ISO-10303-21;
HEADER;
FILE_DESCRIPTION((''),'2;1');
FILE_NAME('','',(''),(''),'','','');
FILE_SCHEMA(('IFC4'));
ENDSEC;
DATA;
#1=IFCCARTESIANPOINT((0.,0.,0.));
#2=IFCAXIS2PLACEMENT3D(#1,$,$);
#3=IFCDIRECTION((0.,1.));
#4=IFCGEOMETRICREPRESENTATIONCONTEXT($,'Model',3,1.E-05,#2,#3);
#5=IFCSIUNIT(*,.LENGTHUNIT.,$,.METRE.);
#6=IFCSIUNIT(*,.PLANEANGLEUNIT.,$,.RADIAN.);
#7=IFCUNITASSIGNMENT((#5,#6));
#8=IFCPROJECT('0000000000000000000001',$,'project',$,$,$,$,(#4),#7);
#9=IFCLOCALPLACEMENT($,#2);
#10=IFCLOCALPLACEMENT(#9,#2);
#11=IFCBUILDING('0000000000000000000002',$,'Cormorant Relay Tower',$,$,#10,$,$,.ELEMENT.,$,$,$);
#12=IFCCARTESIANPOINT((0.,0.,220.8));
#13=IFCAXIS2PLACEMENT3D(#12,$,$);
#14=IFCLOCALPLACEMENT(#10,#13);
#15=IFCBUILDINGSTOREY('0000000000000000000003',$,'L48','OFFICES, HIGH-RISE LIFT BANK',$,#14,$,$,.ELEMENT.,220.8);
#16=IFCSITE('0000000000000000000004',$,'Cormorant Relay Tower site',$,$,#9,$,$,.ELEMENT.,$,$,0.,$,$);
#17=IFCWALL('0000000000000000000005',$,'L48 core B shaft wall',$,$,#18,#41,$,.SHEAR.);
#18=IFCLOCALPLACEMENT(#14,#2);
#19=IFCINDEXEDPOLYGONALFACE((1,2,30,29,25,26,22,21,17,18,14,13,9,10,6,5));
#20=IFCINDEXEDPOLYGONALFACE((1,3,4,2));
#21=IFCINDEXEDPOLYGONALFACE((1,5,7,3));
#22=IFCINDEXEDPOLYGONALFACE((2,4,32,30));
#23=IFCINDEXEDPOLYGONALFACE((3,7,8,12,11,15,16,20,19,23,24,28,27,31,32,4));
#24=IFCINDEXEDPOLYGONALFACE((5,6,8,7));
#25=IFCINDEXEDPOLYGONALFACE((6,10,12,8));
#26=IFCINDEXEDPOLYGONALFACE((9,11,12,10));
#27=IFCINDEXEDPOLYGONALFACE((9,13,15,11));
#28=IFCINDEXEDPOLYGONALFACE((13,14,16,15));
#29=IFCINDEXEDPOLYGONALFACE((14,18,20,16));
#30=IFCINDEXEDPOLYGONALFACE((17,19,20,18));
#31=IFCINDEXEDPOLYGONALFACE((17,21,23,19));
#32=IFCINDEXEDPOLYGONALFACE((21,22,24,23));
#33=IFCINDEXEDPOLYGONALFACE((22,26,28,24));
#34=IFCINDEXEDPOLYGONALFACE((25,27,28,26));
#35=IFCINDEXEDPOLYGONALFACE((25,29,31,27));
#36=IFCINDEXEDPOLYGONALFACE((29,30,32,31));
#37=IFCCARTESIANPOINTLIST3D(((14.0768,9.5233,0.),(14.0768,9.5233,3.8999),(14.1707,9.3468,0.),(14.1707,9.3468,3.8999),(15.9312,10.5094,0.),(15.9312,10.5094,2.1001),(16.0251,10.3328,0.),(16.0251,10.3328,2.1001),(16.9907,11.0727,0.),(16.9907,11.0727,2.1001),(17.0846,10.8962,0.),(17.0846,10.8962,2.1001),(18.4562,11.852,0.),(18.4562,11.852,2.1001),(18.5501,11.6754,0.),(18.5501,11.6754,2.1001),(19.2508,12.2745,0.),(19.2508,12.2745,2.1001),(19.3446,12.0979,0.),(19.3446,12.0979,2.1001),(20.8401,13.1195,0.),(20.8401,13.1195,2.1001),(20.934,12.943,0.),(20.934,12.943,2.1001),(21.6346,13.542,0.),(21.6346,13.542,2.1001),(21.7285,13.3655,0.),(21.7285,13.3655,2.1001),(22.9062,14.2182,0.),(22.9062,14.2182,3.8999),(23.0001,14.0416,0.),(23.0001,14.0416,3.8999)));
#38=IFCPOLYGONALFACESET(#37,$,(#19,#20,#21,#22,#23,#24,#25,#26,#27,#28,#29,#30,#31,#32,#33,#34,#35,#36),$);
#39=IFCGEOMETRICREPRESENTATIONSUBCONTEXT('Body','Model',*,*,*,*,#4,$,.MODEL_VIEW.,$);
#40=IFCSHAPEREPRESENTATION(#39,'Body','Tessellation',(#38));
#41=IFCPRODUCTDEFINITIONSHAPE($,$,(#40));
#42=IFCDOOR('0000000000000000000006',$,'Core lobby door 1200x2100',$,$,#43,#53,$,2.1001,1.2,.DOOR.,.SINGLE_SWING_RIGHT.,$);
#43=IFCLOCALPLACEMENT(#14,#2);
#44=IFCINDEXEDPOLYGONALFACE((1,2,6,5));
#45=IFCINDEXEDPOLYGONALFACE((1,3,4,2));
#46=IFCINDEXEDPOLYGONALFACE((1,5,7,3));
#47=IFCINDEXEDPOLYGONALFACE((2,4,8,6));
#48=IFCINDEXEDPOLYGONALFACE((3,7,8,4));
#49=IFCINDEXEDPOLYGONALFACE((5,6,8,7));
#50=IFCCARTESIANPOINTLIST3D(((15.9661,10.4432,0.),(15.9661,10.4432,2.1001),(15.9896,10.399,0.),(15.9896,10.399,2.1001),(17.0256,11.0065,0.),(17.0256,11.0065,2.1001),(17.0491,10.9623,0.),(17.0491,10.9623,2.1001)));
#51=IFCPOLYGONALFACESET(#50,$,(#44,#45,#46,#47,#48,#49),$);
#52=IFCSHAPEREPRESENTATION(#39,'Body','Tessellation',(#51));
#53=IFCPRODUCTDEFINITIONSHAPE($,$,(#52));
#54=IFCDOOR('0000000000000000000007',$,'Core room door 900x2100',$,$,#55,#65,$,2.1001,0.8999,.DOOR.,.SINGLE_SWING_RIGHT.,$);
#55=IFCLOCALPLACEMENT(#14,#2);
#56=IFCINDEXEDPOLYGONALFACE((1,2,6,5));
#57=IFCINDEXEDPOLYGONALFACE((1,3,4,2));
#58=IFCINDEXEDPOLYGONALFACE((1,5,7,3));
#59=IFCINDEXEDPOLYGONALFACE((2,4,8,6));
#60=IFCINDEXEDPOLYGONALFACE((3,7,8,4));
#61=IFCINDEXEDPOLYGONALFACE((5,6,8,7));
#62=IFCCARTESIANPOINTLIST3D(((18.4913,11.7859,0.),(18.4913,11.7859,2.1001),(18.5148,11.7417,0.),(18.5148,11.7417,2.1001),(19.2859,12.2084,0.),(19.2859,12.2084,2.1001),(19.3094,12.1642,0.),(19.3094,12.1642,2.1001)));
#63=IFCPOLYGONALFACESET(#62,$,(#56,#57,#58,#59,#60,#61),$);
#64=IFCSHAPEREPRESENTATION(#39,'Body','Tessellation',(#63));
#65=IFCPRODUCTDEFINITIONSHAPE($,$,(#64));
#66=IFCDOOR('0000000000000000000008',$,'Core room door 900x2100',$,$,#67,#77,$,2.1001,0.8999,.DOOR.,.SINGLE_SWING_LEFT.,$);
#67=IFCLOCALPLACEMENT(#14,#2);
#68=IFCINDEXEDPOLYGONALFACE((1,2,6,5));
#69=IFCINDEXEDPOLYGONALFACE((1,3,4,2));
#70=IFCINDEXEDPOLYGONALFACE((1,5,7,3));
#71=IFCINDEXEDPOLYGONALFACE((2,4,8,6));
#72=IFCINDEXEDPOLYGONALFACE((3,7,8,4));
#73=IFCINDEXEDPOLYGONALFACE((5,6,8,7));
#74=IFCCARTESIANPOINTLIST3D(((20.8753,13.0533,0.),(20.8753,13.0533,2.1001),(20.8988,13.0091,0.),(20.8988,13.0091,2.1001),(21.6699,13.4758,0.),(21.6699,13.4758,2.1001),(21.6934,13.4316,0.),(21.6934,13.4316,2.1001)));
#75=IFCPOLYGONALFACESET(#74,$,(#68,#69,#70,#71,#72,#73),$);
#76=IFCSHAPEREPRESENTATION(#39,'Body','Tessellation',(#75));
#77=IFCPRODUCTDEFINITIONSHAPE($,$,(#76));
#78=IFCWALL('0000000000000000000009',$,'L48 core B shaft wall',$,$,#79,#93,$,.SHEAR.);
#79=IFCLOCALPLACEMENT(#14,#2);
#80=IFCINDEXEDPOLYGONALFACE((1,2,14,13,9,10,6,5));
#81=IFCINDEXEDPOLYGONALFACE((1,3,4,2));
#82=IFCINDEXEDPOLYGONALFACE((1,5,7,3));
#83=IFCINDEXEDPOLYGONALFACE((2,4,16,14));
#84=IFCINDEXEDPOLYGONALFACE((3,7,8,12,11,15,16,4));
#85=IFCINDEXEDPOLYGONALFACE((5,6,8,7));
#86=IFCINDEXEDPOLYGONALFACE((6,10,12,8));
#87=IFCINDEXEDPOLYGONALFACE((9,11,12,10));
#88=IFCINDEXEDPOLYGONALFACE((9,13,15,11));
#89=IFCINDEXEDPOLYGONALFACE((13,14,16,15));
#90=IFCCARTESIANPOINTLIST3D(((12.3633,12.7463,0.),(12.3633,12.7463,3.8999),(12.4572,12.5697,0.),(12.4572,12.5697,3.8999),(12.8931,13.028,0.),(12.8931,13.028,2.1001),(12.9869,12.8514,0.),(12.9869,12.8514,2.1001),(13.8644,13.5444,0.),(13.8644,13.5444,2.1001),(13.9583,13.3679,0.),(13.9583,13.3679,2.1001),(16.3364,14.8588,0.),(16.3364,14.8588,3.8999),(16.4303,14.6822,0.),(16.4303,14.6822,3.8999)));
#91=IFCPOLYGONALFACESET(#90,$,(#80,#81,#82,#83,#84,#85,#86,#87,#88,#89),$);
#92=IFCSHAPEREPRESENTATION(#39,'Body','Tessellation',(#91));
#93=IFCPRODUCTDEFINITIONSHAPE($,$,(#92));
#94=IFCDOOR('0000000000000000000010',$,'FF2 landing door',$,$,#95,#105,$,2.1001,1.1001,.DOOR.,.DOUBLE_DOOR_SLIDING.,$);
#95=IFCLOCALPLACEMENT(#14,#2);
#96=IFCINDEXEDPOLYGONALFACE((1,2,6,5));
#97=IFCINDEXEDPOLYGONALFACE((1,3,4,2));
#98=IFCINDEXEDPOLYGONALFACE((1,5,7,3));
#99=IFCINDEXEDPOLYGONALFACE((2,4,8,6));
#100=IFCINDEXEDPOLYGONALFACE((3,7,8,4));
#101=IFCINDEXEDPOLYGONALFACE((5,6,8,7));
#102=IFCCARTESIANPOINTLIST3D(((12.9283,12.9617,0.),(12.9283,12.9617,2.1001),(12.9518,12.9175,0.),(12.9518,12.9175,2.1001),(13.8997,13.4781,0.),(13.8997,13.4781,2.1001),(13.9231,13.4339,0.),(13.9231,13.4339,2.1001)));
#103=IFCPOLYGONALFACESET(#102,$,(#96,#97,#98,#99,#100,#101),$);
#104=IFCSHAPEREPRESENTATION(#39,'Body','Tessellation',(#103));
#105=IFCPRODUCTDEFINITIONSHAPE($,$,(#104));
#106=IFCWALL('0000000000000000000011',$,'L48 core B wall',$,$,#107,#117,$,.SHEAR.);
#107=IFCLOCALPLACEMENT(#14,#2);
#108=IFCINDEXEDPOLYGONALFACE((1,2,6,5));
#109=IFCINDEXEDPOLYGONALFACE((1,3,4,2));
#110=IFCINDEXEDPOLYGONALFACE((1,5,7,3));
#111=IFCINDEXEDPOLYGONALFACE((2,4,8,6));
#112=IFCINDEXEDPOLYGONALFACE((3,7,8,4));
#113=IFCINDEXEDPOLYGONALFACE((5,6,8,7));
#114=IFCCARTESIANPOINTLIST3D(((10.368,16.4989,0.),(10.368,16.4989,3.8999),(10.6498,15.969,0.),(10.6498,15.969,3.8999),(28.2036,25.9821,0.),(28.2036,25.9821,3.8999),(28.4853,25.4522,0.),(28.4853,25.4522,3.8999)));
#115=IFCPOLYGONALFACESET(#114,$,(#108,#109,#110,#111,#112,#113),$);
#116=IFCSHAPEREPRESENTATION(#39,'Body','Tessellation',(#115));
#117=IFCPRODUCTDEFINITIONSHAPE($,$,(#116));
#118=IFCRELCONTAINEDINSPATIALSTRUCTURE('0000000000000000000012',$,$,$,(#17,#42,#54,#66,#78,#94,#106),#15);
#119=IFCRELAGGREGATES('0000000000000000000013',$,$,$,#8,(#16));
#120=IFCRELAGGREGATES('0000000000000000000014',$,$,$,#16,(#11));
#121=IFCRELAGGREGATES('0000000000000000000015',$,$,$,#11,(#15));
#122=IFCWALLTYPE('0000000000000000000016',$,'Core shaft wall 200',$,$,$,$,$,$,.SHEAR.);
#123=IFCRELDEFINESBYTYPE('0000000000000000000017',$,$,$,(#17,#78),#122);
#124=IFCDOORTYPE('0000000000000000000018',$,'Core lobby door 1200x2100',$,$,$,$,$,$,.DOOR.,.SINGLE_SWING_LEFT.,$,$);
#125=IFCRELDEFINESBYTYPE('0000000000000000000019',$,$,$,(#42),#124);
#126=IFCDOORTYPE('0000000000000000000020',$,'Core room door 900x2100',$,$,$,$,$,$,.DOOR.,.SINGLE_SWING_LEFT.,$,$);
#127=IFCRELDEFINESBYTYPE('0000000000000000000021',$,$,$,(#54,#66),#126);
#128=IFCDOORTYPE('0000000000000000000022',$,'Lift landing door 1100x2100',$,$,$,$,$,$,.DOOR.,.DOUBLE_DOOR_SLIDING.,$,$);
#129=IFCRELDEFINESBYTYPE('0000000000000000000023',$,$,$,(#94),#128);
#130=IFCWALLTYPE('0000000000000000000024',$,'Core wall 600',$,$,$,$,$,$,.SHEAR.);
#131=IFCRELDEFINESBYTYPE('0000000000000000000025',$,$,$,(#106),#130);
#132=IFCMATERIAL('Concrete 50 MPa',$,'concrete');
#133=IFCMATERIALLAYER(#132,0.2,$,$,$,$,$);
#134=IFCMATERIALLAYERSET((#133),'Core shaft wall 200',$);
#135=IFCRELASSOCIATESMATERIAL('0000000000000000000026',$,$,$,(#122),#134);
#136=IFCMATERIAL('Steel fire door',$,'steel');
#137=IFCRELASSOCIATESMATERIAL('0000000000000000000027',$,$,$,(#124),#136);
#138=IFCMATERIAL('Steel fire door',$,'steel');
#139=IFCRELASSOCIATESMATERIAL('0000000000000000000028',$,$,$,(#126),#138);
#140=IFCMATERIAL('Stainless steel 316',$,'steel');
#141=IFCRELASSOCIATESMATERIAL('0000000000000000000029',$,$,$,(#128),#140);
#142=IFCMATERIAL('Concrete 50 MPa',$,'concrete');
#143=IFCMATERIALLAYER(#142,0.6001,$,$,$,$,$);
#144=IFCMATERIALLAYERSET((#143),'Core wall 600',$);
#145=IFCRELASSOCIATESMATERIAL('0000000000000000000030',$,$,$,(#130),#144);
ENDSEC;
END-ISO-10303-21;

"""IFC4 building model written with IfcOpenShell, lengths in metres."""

from ifc_helpers import new_model, si_unit, direction, frame, frame_2d, origin, place, context, subcontext, project, spatial, rectangle, extrude, material, layer, layer_set, type_object, element, fill, save


model = new_model("IFC4")

# Units and contexts
model_context = context("Model", 3, precision=1e-05, world=origin(), true_north=direction((0.0, 1.0)))
body_context = subcontext(model_context, "Body", "Model", "MODEL_VIEW")
ifc_project = project(units=[si_unit("LENGTHUNIT", "METRE"), si_unit("PLANEANGLEUNIT", "RADIAN")], contexts=[model_context])

# Site, building, storey
site_placement = place(None, origin())
site = spatial("IfcSite", under=ifc_project, at=site_placement, Name="Cormorant Relay Tower site", CompositionType="ELEMENT", RefElevation=0.0)
building_placement = place(site_placement, origin())
building = spatial("IfcBuilding", under=site, at=building_placement, Name="Cormorant Relay Tower", CompositionType="ELEMENT")
storey_placement = place(building_placement, frame((0.0, 0.0, 220.8)))
storey = spatial("IfcBuildingStorey", under=building, at=storey_placement, Name="L48", Description="OFFICES, HIGH-RISE LIFT BANK", CompositionType="ELEMENT", Elevation=220.8)

# Shared definitions
ifc_material_1 = material(Name="Concrete 50 MPa", Category="concrete")
ifc_layer_1 = layer(ifc_material_1, 0.2)
ifc_layer_set_1 = layer_set([ifc_layer_1], Name="Core shaft wall 200")
wall_type_1 = type_object("IfcWallType", Name="Core shaft wall 200", PredefinedType="SHEAR", material=ifc_layer_set_1)

# Wall, openings, doors
wall_1_placement = place(storey_placement, frame((14.1238, 9.4351, 0.0), z_axis=(0.0, 0.0, 1.0), x_axis=(0.88294, 0.469485, 0.0)))
wall_1 = element("IfcWall", 1, at=wall_1_placement, inside=storey, type_object=wall_type_1, Name="L48 core B shaft wall", PredefinedType="SHEAR", context=body_context, shape_type="SweptSolid", body=[
    extrude(rectangle(XDim=10.0, YDim=0.2, at=frame_2d((5.0, 0.0))), origin(), (0.0, 0.0, 1.0), 3.8999),
])
opening_1_placement = place(wall_1_placement, frame((2.1001, 0.0, 0.0)))
opening_1 = element("IfcOpeningElement", 2, at=opening_1_placement, cuts=wall_1, PredefinedType="OPENING", context=body_context, shape_type="SweptSolid", body=[
    extrude(rectangle(XDim=1.2, YDim=2.1001, at=frame_2d((0.6001, 1.05))), frame((0.0, 0.1099, 0.0), z_axis=(0.0, -1.0, 0.0), x_axis=(1.0, 0.0, 0.0)), (0.0, 0.0, 1.0), 0.22),
])
opening_2_placement = place(wall_1_placement, frame((4.96, 0.0, 0.0)))
opening_2 = element("IfcOpeningElement", 3, at=opening_2_placement, cuts=wall_1, PredefinedType="OPENING", context=body_context, shape_type="SweptSolid", body=[
    extrude(rectangle(XDim=0.8999, YDim=2.1001, at=frame_2d((0.45, 1.05))), frame((0.0, 0.1099, 0.0), z_axis=(0.0, -1.0, 0.0), x_axis=(1.0, 0.0, 0.0)), (0.0, 0.0, 1.0), 0.22),
])
opening_3_placement = place(wall_1_placement, frame((7.6599, 0.0, 0.0)))
opening_3 = element("IfcOpeningElement", 4, at=opening_3_placement, cuts=wall_1, PredefinedType="OPENING", context=body_context, shape_type="SweptSolid", body=[
    extrude(rectangle(XDim=0.8999, YDim=2.1001, at=frame_2d((0.45, 1.05))), frame((0.0, 0.1099, 0.0), z_axis=(0.0, -1.0, 0.0), x_axis=(1.0, 0.0, 0.0)), (0.0, 0.0, 1.0), 0.22),
])
ifc_material_2 = material(Name="Steel fire door", Category="steel")
door_type_1 = type_object("IfcDoorType", Name="Core lobby door 1200x2100", OperationType="SINGLE_SWING_LEFT", PredefinedType="DOOR", material=ifc_material_2)
door_1_placement = place(opening_1_placement, frame((1.2, 0.0, 0.0), z_axis=(0.0, 0.0, 1.0), x_axis=(-1.0, 0.0, 0.0)))
door_1 = element("IfcDoor", 5, at=door_1_placement, inside=storey, type_object=door_type_1, Name="Core lobby door 1200x2100", OperationType="SINGLE_SWING_RIGHT", OverallHeight=2.1001, OverallWidth=1.2, PredefinedType="DOOR", context=body_context, shape_type="SweptSolid", body=[
    extrude(rectangle(XDim=1.2, YDim=2.1001, at=frame_2d((0.6001, 1.05))), frame((0.0, 0.0249, 0.0), z_axis=(0.0, -1.0, 0.0), x_axis=(1.0, 0.0, 0.0)), (0.0, 0.0, 1.0), 0.05),
])
fill(opening_1, door_1)
ifc_material_3 = material(Name="Steel fire door", Category="steel")
door_type_2 = type_object("IfcDoorType", Name="Core room door 900x2100", OperationType="SINGLE_SWING_LEFT", PredefinedType="DOOR", material=ifc_material_3)
door_2_placement = place(opening_2_placement, frame((0.8999, 0.0, 0.0), z_axis=(0.0, 0.0, 1.0), x_axis=(-1.0, 0.0, 0.0)))
door_2 = element("IfcDoor", 6, at=door_2_placement, inside=storey, type_object=door_type_2, Name="Core room door 900x2100", OperationType="SINGLE_SWING_RIGHT", OverallHeight=2.1001, OverallWidth=0.8999, PredefinedType="DOOR", context=body_context, shape_type="SweptSolid", body=[
    extrude(rectangle(XDim=0.8999, YDim=2.1001, at=frame_2d((0.45, 1.05))), frame((0.0, 0.0249, 0.0), z_axis=(0.0, -1.0, 0.0), x_axis=(1.0, 0.0, 0.0)), (0.0, 0.0, 1.0), 0.05),
])
fill(opening_2, door_2)
door_3_placement = place(opening_3_placement, origin())
door_3 = element("IfcDoor", 7, at=door_3_placement, inside=storey, type_object=door_type_2, Name="Core room door 900x2100", OperationType="SINGLE_SWING_LEFT", OverallHeight=2.1001, OverallWidth=0.8999, PredefinedType="DOOR", context=body_context, shape_type="SweptSolid", body=[
    extrude(rectangle(XDim=0.8999, YDim=2.1001, at=frame_2d((0.45, 1.05))), frame((0.0, 0.0249, 0.0), z_axis=(0.0, -1.0, 0.0), x_axis=(1.0, 0.0, 0.0)), (0.0, 0.0, 1.0), 0.05),
])
fill(opening_3, door_3)

# Wall, opening, door
wall_2_placement = place(storey_placement, frame((12.4102, 12.658, 0.0), z_axis=(0.0, 0.0, 1.0), x_axis=(0.882948, 0.46947, 0.0)))
wall_2 = element("IfcWall", 8, at=wall_2_placement, inside=storey, type_object=wall_type_1, Name="L48 core B shaft wall", PredefinedType="SHEAR", context=body_context, shape_type="SweptSolid", body=[
    extrude(rectangle(XDim=4.4998, YDim=0.2, at=frame_2d((2.25, 0.0))), origin(), (0.0, 0.0, 1.0), 3.8999),
])
opening_4_placement = place(wall_2_placement, frame((0.6001, 0.0, 0.0)))
opening_4 = element("IfcOpeningElement", 9, at=opening_4_placement, cuts=wall_2, PredefinedType="OPENING", context=body_context, shape_type="SweptSolid", body=[
    extrude(rectangle(XDim=1.1001, YDim=2.1001, at=frame_2d((0.55, 1.05))), frame((0.0, 0.1099, 0.0), z_axis=(0.0, -1.0, 0.0), x_axis=(1.0, 0.0, 0.0)), (0.0, 0.0, 1.0), 0.22),
])
ifc_material_4 = material(Name="Stainless steel 316", Category="steel")
door_type_3 = type_object("IfcDoorType", Name="Lift landing door 1100x2100", OperationType="DOUBLE_DOOR_SLIDING", PredefinedType="DOOR", material=ifc_material_4)
door_4_placement = place(opening_4_placement, origin())
door_4 = element("IfcDoor", 10, at=door_4_placement, inside=storey, type_object=door_type_3, Name="FF2 landing door", OperationType="DOUBLE_DOOR_SLIDING", OverallHeight=2.1001, OverallWidth=1.1001, PredefinedType="DOOR", context=body_context, shape_type="SweptSolid", body=[
    extrude(rectangle(XDim=1.1001, YDim=2.1001, at=frame_2d((0.55, 1.05))), frame((0.0, 0.0249, 0.0), z_axis=(0.0, -1.0, 0.0), x_axis=(1.0, 0.0, 0.0)), (0.0, 0.0, 1.0), 0.05),
])
fill(opening_4, door_4)

# Wall
ifc_material_5 = material(Name="Concrete 50 MPa", Category="concrete")
ifc_layer_2 = layer(ifc_material_5, 0.6001)
ifc_layer_set_2 = layer_set([ifc_layer_2], Name="Core wall 600")
wall_type_2 = type_object("IfcWallType", Name="Core wall 600", PredefinedType="SHEAR", material=ifc_layer_set_2)
wall_3_placement = place(storey_placement, frame((10.5088, 16.2339, 0.0), z_axis=(0.0, 0.0, 1.0), x_axis=(0.88295, 0.469467, 0.0)))
element("IfcWall", 11, at=wall_3_placement, inside=storey, type_object=wall_type_2, Name="L48 core B wall", PredefinedType="SHEAR", context=body_context, shape_type="SweptSolid", body=[
    extrude(rectangle(XDim=20.2, YDim=0.6001, at=frame_2d((10.1001, 0.0))), origin(), (0.0, 0.0, 1.0), 3.8999),
])

save(model, "model.ifc")
